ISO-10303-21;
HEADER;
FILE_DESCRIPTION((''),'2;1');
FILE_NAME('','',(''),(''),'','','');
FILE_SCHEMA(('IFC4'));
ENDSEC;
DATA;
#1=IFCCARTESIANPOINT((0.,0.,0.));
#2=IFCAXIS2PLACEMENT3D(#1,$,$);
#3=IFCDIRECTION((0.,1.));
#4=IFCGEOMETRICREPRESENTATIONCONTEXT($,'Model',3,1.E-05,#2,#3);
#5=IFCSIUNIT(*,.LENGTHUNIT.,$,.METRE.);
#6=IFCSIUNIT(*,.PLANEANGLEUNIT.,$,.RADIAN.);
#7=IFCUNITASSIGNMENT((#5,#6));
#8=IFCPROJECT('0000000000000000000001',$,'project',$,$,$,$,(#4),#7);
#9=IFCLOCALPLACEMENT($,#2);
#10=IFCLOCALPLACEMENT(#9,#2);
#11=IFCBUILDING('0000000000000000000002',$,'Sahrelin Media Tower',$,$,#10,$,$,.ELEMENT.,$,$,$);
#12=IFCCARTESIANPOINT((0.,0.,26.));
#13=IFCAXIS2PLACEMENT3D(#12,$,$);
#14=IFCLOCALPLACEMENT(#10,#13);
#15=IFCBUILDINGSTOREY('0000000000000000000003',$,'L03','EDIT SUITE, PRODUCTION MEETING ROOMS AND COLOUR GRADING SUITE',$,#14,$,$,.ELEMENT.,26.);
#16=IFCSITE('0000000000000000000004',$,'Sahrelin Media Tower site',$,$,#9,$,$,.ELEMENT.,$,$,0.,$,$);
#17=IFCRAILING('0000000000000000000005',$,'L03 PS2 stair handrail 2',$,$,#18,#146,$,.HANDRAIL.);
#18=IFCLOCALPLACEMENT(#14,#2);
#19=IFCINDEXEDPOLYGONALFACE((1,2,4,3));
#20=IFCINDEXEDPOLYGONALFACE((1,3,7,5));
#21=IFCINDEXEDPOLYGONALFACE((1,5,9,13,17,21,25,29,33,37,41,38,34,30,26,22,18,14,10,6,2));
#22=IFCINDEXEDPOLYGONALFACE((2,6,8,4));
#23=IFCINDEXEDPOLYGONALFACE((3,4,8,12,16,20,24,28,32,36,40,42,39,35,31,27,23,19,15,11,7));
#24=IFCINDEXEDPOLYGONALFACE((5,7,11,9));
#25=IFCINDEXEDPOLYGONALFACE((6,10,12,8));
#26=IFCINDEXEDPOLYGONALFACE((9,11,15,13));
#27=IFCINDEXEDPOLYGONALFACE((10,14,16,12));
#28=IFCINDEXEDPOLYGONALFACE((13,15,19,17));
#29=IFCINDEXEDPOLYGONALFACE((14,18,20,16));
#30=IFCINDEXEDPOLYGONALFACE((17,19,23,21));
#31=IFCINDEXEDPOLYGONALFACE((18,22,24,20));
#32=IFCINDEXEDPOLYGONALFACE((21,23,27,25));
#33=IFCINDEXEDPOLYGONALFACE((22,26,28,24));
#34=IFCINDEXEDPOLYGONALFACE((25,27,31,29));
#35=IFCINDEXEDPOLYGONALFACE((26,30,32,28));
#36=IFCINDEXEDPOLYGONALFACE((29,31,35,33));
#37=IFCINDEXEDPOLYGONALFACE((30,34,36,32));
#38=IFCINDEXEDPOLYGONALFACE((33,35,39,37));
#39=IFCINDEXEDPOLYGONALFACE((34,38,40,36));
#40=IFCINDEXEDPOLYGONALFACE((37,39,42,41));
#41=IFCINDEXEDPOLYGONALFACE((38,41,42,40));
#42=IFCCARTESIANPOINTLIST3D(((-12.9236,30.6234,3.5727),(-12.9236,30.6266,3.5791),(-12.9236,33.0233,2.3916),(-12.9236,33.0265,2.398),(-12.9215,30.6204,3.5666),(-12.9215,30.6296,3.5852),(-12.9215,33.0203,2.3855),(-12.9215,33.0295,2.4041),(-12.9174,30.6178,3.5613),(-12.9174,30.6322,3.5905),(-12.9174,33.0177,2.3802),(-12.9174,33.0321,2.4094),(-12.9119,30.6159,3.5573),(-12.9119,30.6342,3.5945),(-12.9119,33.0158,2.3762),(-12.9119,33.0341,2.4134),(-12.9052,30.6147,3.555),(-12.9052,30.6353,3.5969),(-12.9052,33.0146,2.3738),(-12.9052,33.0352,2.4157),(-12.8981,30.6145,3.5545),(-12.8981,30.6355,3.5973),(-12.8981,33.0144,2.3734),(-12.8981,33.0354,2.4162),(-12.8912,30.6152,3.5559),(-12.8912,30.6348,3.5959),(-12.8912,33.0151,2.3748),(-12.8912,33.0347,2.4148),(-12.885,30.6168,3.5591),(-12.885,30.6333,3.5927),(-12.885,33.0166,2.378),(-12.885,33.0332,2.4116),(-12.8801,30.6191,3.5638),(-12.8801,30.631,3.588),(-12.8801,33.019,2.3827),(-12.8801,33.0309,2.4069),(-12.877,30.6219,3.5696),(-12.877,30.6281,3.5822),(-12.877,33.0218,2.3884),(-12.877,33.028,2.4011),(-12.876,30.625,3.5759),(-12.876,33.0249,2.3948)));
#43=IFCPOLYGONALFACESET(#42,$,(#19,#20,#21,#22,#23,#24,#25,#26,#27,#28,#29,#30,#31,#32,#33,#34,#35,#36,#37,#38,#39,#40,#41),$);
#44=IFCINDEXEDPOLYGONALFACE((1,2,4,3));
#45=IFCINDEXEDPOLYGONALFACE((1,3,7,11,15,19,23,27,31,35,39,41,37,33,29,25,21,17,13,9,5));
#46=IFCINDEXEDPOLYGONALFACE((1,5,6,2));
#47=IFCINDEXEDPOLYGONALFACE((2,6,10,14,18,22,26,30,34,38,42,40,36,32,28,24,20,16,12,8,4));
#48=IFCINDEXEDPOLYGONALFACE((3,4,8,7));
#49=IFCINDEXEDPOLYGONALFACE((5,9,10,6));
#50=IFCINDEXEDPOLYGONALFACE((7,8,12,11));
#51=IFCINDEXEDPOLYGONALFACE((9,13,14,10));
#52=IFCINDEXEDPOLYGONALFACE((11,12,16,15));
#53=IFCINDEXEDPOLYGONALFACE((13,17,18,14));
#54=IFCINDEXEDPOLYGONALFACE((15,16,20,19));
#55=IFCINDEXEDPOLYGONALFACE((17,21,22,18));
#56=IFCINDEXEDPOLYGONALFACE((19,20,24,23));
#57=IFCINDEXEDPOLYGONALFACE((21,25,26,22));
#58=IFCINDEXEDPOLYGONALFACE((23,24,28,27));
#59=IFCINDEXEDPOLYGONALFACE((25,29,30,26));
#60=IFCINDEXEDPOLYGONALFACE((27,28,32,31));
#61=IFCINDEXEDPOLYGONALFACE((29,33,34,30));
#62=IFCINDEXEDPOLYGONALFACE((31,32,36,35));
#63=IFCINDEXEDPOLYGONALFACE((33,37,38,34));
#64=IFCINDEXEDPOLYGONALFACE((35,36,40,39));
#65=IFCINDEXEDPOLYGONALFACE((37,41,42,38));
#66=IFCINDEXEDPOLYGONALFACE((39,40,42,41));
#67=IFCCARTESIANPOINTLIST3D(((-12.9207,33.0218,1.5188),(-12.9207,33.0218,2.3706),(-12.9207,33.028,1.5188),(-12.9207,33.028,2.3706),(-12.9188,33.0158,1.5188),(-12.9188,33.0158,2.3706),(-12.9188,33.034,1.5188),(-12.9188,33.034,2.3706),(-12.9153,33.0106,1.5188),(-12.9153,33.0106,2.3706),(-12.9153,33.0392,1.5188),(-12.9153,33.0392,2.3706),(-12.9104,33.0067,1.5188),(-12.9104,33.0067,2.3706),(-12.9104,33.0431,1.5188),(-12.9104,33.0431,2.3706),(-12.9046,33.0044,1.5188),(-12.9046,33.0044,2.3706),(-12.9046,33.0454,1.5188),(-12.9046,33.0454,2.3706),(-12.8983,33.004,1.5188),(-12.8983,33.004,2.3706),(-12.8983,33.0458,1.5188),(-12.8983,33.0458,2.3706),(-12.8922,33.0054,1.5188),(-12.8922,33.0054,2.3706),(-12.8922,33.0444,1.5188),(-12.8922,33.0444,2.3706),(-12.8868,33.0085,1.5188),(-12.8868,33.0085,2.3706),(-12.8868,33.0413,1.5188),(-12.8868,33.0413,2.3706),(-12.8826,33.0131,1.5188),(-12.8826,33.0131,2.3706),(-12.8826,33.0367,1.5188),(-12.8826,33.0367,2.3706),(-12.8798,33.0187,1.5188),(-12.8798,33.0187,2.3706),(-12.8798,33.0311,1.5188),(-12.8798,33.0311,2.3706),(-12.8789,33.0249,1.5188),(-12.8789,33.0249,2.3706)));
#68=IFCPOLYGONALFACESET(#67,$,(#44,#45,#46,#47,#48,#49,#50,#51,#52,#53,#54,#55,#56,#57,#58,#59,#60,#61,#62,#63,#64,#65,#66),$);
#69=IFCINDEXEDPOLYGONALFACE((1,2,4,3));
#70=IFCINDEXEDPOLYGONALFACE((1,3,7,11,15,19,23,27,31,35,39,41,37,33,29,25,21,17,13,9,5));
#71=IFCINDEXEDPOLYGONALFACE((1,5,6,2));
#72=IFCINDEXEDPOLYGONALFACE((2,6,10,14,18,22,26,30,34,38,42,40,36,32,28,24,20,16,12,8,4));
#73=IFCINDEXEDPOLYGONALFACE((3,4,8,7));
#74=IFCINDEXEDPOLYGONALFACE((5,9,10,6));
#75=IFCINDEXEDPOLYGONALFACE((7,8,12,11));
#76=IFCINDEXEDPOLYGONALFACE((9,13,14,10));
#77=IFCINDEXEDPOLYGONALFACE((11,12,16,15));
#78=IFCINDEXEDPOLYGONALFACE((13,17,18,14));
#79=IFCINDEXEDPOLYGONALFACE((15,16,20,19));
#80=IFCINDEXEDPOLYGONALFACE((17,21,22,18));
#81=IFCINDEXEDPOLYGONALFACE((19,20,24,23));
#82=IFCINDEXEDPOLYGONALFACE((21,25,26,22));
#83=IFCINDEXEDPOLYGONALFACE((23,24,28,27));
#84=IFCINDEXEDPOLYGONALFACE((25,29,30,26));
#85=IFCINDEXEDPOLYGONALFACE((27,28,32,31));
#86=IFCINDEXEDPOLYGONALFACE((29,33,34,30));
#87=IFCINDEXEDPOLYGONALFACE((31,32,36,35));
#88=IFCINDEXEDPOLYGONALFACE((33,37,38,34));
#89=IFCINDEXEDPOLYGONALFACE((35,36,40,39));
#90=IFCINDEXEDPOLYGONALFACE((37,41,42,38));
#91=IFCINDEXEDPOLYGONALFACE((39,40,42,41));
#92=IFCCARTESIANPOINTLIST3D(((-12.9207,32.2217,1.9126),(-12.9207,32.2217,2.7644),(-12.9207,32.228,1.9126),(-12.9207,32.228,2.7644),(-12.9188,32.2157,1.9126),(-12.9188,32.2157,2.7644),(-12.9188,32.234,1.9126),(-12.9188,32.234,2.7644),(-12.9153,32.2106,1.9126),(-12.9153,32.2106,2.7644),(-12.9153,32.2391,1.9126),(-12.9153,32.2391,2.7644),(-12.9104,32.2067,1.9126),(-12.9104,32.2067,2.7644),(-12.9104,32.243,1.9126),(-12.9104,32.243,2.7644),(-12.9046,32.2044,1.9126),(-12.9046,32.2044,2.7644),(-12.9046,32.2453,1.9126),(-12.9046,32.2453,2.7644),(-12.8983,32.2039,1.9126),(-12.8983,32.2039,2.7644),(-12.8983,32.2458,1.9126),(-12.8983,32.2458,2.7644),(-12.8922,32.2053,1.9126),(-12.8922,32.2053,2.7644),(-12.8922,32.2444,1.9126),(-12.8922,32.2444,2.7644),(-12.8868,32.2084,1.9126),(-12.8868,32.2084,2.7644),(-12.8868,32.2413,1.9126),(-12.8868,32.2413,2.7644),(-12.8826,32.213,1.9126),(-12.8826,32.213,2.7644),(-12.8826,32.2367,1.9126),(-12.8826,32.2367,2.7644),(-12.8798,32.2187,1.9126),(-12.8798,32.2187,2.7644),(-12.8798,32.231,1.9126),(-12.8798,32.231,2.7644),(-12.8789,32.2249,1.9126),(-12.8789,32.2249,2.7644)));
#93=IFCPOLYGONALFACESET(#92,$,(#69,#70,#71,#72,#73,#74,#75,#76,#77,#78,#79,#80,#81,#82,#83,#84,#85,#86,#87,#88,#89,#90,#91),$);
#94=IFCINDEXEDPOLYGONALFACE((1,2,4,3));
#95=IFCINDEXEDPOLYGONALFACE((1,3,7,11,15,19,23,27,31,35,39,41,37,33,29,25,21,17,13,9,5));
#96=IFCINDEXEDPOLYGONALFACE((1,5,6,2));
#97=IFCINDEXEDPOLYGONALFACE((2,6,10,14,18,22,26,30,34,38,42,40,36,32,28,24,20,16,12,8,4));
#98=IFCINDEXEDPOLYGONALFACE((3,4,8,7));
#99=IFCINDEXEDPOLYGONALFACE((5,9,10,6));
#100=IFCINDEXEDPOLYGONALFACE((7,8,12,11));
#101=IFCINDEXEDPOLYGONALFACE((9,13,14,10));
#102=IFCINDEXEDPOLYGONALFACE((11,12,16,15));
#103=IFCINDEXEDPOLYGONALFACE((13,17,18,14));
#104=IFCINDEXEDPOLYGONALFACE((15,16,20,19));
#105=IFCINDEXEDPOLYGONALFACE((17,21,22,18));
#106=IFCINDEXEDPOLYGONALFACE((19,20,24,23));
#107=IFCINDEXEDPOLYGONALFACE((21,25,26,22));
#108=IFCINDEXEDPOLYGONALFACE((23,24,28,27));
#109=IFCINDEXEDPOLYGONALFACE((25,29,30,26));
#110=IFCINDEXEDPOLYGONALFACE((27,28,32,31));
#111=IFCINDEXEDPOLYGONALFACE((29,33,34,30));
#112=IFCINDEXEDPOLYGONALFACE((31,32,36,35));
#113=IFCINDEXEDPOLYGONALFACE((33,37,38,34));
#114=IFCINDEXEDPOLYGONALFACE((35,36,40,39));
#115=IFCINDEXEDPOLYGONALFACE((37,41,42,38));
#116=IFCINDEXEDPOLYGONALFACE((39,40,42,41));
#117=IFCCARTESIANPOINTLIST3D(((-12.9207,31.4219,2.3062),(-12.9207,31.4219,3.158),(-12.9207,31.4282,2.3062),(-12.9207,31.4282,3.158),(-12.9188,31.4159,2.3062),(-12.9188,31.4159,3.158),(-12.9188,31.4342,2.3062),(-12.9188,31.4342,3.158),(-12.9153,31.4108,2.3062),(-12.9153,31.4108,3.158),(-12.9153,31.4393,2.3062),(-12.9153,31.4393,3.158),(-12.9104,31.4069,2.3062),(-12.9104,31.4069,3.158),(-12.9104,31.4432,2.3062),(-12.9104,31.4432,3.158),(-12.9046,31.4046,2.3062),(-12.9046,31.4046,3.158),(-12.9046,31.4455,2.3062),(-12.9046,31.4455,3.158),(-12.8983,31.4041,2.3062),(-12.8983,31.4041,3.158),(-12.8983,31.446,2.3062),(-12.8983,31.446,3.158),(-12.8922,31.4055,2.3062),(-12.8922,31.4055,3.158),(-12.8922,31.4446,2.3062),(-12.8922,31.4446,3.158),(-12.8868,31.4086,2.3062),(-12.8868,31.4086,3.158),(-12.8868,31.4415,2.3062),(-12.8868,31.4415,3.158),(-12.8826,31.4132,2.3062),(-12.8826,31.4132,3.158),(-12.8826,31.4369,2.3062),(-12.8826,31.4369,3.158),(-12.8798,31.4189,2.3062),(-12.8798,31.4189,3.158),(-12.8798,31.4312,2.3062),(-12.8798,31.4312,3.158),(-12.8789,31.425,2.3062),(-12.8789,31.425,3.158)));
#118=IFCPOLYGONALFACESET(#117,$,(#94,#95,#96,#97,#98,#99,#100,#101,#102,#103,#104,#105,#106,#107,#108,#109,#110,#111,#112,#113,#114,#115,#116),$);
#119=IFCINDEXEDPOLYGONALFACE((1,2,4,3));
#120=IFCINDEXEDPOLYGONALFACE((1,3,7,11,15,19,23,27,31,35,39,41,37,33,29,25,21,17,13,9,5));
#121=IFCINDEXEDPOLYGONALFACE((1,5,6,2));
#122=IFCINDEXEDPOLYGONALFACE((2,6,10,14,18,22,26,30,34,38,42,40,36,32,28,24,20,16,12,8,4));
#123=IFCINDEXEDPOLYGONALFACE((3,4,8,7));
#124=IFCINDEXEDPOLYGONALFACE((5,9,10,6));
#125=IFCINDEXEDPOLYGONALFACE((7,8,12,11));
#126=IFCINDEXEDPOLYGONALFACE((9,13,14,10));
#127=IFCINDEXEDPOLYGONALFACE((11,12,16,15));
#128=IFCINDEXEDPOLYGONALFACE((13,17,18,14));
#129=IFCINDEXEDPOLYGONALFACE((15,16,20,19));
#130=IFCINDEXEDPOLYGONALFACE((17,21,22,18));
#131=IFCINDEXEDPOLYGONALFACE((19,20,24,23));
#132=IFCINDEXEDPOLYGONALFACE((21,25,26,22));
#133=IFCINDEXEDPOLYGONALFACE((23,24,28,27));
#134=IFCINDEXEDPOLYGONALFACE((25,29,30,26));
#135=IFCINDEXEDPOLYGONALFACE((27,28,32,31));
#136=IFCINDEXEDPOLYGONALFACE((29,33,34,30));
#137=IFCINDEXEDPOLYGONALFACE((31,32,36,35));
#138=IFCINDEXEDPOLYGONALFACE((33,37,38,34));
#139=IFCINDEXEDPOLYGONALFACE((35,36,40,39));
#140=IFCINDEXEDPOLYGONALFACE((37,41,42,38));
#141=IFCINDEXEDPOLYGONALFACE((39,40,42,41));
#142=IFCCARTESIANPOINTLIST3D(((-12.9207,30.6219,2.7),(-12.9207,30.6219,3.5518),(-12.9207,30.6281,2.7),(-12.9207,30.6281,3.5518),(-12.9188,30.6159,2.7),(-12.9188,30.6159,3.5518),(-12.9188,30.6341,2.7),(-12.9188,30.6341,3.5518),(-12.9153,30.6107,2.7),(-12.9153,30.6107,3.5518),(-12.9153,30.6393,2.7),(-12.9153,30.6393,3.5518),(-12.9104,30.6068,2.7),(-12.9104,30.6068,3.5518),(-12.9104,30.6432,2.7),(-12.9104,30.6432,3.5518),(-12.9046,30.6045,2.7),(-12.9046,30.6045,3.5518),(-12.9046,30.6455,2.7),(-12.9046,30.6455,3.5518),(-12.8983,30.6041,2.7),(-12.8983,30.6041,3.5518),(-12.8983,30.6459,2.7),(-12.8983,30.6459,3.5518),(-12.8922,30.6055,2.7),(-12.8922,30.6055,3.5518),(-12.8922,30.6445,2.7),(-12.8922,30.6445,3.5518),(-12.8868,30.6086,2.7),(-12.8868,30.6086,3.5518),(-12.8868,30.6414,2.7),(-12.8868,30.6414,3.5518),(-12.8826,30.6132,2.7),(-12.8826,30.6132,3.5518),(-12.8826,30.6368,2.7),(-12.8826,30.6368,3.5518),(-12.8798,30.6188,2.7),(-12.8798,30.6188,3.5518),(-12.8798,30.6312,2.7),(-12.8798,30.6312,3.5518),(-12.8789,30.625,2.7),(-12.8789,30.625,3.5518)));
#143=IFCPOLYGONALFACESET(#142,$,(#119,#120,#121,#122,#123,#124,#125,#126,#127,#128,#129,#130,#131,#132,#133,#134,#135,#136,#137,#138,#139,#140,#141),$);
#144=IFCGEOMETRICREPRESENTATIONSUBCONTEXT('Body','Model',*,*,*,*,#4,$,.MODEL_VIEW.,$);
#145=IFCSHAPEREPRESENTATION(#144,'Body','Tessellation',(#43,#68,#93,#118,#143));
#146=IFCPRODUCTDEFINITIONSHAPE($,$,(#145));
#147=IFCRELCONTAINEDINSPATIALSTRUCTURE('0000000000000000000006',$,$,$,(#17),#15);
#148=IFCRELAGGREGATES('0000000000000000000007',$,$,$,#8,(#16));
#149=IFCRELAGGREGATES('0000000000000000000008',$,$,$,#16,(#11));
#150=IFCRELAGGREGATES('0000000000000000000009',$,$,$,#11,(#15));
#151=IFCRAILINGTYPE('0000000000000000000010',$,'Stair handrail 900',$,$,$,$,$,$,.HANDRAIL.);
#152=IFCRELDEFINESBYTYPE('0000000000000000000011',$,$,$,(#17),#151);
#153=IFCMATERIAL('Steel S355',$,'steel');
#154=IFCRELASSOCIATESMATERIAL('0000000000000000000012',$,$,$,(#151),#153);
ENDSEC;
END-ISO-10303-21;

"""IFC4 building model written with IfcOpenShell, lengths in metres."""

from ifc_helpers import new_model, si_unit, direction, frame, origin, origin_2d, place, context, subcontext, project, spatial, circle, extrude, material, type_object, element, save


model = new_model("IFC4")

# Units and contexts
model_context = context("Model", 3, precision=1e-05, world=origin(), true_north=direction((0.0, 1.0)))
body_context = subcontext(model_context, "Body", "Model", "MODEL_VIEW")
ifc_project = project(units=[si_unit("LENGTHUNIT", "METRE"), si_unit("PLANEANGLEUNIT", "RADIAN")], contexts=[model_context])

# Site, building, storey
site_placement = place(None, origin())
site = spatial("IfcSite", under=ifc_project, at=site_placement, Name="Sahrelin Media Tower site", CompositionType="ELEMENT", RefElevation=0.0)
building_placement = place(site_placement, origin())
building = spatial("IfcBuilding", under=site, at=building_placement, Name="Sahrelin Media Tower", CompositionType="ELEMENT")
storey_placement = place(building_placement, frame((0.0, 0.0, 26.0)))
storey = spatial("IfcBuildingStorey", under=building, at=storey_placement, Name="L03", Description="EDIT SUITE, PRODUCTION MEETING ROOMS AND COLOUR GRADING SUITE", CompositionType="ELEMENT", Elevation=26.0)

# Shared definitions
ifc_material_1 = material(Name="Steel S355", Category="steel")

# Railing
railing_type_1 = type_object("IfcRailingType", Name="Stair handrail 900", PredefinedType="HANDRAIL", material=ifc_material_1)
for number, where, name in (
    (1, (-12.8999, 33.0249, 1.5188), "L03 PS2 stair handrail 2"),
):
    element("IfcRailing", number, at=place(storey_placement, frame(where)), inside=storey, type_object=railing_type_1, Name=name, PredefinedType="HANDRAIL", context=body_context, shape_type="SweptSolid", body=[
        extrude(circle(Radius=0.0239, at=origin_2d()), frame((0.0, 0.0, 0.876), z_axis=(0.0, -0.897221, 0.441582), x_axis=(1.0, 0.0, 0.0)), (0.0, 0.0, 1.0), 2.6748),
        extrude(circle(Radius=0.021, at=origin_2d()), origin(), (0.0, 0.0, 1.0), 0.8518),
        extrude(circle(Radius=0.021, at=origin_2d()), frame((0.0, -0.8, 0.3938)), (0.0, 0.0, 1.0), 0.8518),
        extrude(circle(Radius=0.021, at=origin_2d()), frame((0.0, -1.5999, 0.7874)), (0.0, 0.0, 1.0), 0.8518),
        extrude(circle(Radius=0.021, at=origin_2d()), frame((0.0, -2.3999, 1.1812)), (0.0, 0.0, 1.0), 0.8518),
    ])

save(model, "model.ifc")
